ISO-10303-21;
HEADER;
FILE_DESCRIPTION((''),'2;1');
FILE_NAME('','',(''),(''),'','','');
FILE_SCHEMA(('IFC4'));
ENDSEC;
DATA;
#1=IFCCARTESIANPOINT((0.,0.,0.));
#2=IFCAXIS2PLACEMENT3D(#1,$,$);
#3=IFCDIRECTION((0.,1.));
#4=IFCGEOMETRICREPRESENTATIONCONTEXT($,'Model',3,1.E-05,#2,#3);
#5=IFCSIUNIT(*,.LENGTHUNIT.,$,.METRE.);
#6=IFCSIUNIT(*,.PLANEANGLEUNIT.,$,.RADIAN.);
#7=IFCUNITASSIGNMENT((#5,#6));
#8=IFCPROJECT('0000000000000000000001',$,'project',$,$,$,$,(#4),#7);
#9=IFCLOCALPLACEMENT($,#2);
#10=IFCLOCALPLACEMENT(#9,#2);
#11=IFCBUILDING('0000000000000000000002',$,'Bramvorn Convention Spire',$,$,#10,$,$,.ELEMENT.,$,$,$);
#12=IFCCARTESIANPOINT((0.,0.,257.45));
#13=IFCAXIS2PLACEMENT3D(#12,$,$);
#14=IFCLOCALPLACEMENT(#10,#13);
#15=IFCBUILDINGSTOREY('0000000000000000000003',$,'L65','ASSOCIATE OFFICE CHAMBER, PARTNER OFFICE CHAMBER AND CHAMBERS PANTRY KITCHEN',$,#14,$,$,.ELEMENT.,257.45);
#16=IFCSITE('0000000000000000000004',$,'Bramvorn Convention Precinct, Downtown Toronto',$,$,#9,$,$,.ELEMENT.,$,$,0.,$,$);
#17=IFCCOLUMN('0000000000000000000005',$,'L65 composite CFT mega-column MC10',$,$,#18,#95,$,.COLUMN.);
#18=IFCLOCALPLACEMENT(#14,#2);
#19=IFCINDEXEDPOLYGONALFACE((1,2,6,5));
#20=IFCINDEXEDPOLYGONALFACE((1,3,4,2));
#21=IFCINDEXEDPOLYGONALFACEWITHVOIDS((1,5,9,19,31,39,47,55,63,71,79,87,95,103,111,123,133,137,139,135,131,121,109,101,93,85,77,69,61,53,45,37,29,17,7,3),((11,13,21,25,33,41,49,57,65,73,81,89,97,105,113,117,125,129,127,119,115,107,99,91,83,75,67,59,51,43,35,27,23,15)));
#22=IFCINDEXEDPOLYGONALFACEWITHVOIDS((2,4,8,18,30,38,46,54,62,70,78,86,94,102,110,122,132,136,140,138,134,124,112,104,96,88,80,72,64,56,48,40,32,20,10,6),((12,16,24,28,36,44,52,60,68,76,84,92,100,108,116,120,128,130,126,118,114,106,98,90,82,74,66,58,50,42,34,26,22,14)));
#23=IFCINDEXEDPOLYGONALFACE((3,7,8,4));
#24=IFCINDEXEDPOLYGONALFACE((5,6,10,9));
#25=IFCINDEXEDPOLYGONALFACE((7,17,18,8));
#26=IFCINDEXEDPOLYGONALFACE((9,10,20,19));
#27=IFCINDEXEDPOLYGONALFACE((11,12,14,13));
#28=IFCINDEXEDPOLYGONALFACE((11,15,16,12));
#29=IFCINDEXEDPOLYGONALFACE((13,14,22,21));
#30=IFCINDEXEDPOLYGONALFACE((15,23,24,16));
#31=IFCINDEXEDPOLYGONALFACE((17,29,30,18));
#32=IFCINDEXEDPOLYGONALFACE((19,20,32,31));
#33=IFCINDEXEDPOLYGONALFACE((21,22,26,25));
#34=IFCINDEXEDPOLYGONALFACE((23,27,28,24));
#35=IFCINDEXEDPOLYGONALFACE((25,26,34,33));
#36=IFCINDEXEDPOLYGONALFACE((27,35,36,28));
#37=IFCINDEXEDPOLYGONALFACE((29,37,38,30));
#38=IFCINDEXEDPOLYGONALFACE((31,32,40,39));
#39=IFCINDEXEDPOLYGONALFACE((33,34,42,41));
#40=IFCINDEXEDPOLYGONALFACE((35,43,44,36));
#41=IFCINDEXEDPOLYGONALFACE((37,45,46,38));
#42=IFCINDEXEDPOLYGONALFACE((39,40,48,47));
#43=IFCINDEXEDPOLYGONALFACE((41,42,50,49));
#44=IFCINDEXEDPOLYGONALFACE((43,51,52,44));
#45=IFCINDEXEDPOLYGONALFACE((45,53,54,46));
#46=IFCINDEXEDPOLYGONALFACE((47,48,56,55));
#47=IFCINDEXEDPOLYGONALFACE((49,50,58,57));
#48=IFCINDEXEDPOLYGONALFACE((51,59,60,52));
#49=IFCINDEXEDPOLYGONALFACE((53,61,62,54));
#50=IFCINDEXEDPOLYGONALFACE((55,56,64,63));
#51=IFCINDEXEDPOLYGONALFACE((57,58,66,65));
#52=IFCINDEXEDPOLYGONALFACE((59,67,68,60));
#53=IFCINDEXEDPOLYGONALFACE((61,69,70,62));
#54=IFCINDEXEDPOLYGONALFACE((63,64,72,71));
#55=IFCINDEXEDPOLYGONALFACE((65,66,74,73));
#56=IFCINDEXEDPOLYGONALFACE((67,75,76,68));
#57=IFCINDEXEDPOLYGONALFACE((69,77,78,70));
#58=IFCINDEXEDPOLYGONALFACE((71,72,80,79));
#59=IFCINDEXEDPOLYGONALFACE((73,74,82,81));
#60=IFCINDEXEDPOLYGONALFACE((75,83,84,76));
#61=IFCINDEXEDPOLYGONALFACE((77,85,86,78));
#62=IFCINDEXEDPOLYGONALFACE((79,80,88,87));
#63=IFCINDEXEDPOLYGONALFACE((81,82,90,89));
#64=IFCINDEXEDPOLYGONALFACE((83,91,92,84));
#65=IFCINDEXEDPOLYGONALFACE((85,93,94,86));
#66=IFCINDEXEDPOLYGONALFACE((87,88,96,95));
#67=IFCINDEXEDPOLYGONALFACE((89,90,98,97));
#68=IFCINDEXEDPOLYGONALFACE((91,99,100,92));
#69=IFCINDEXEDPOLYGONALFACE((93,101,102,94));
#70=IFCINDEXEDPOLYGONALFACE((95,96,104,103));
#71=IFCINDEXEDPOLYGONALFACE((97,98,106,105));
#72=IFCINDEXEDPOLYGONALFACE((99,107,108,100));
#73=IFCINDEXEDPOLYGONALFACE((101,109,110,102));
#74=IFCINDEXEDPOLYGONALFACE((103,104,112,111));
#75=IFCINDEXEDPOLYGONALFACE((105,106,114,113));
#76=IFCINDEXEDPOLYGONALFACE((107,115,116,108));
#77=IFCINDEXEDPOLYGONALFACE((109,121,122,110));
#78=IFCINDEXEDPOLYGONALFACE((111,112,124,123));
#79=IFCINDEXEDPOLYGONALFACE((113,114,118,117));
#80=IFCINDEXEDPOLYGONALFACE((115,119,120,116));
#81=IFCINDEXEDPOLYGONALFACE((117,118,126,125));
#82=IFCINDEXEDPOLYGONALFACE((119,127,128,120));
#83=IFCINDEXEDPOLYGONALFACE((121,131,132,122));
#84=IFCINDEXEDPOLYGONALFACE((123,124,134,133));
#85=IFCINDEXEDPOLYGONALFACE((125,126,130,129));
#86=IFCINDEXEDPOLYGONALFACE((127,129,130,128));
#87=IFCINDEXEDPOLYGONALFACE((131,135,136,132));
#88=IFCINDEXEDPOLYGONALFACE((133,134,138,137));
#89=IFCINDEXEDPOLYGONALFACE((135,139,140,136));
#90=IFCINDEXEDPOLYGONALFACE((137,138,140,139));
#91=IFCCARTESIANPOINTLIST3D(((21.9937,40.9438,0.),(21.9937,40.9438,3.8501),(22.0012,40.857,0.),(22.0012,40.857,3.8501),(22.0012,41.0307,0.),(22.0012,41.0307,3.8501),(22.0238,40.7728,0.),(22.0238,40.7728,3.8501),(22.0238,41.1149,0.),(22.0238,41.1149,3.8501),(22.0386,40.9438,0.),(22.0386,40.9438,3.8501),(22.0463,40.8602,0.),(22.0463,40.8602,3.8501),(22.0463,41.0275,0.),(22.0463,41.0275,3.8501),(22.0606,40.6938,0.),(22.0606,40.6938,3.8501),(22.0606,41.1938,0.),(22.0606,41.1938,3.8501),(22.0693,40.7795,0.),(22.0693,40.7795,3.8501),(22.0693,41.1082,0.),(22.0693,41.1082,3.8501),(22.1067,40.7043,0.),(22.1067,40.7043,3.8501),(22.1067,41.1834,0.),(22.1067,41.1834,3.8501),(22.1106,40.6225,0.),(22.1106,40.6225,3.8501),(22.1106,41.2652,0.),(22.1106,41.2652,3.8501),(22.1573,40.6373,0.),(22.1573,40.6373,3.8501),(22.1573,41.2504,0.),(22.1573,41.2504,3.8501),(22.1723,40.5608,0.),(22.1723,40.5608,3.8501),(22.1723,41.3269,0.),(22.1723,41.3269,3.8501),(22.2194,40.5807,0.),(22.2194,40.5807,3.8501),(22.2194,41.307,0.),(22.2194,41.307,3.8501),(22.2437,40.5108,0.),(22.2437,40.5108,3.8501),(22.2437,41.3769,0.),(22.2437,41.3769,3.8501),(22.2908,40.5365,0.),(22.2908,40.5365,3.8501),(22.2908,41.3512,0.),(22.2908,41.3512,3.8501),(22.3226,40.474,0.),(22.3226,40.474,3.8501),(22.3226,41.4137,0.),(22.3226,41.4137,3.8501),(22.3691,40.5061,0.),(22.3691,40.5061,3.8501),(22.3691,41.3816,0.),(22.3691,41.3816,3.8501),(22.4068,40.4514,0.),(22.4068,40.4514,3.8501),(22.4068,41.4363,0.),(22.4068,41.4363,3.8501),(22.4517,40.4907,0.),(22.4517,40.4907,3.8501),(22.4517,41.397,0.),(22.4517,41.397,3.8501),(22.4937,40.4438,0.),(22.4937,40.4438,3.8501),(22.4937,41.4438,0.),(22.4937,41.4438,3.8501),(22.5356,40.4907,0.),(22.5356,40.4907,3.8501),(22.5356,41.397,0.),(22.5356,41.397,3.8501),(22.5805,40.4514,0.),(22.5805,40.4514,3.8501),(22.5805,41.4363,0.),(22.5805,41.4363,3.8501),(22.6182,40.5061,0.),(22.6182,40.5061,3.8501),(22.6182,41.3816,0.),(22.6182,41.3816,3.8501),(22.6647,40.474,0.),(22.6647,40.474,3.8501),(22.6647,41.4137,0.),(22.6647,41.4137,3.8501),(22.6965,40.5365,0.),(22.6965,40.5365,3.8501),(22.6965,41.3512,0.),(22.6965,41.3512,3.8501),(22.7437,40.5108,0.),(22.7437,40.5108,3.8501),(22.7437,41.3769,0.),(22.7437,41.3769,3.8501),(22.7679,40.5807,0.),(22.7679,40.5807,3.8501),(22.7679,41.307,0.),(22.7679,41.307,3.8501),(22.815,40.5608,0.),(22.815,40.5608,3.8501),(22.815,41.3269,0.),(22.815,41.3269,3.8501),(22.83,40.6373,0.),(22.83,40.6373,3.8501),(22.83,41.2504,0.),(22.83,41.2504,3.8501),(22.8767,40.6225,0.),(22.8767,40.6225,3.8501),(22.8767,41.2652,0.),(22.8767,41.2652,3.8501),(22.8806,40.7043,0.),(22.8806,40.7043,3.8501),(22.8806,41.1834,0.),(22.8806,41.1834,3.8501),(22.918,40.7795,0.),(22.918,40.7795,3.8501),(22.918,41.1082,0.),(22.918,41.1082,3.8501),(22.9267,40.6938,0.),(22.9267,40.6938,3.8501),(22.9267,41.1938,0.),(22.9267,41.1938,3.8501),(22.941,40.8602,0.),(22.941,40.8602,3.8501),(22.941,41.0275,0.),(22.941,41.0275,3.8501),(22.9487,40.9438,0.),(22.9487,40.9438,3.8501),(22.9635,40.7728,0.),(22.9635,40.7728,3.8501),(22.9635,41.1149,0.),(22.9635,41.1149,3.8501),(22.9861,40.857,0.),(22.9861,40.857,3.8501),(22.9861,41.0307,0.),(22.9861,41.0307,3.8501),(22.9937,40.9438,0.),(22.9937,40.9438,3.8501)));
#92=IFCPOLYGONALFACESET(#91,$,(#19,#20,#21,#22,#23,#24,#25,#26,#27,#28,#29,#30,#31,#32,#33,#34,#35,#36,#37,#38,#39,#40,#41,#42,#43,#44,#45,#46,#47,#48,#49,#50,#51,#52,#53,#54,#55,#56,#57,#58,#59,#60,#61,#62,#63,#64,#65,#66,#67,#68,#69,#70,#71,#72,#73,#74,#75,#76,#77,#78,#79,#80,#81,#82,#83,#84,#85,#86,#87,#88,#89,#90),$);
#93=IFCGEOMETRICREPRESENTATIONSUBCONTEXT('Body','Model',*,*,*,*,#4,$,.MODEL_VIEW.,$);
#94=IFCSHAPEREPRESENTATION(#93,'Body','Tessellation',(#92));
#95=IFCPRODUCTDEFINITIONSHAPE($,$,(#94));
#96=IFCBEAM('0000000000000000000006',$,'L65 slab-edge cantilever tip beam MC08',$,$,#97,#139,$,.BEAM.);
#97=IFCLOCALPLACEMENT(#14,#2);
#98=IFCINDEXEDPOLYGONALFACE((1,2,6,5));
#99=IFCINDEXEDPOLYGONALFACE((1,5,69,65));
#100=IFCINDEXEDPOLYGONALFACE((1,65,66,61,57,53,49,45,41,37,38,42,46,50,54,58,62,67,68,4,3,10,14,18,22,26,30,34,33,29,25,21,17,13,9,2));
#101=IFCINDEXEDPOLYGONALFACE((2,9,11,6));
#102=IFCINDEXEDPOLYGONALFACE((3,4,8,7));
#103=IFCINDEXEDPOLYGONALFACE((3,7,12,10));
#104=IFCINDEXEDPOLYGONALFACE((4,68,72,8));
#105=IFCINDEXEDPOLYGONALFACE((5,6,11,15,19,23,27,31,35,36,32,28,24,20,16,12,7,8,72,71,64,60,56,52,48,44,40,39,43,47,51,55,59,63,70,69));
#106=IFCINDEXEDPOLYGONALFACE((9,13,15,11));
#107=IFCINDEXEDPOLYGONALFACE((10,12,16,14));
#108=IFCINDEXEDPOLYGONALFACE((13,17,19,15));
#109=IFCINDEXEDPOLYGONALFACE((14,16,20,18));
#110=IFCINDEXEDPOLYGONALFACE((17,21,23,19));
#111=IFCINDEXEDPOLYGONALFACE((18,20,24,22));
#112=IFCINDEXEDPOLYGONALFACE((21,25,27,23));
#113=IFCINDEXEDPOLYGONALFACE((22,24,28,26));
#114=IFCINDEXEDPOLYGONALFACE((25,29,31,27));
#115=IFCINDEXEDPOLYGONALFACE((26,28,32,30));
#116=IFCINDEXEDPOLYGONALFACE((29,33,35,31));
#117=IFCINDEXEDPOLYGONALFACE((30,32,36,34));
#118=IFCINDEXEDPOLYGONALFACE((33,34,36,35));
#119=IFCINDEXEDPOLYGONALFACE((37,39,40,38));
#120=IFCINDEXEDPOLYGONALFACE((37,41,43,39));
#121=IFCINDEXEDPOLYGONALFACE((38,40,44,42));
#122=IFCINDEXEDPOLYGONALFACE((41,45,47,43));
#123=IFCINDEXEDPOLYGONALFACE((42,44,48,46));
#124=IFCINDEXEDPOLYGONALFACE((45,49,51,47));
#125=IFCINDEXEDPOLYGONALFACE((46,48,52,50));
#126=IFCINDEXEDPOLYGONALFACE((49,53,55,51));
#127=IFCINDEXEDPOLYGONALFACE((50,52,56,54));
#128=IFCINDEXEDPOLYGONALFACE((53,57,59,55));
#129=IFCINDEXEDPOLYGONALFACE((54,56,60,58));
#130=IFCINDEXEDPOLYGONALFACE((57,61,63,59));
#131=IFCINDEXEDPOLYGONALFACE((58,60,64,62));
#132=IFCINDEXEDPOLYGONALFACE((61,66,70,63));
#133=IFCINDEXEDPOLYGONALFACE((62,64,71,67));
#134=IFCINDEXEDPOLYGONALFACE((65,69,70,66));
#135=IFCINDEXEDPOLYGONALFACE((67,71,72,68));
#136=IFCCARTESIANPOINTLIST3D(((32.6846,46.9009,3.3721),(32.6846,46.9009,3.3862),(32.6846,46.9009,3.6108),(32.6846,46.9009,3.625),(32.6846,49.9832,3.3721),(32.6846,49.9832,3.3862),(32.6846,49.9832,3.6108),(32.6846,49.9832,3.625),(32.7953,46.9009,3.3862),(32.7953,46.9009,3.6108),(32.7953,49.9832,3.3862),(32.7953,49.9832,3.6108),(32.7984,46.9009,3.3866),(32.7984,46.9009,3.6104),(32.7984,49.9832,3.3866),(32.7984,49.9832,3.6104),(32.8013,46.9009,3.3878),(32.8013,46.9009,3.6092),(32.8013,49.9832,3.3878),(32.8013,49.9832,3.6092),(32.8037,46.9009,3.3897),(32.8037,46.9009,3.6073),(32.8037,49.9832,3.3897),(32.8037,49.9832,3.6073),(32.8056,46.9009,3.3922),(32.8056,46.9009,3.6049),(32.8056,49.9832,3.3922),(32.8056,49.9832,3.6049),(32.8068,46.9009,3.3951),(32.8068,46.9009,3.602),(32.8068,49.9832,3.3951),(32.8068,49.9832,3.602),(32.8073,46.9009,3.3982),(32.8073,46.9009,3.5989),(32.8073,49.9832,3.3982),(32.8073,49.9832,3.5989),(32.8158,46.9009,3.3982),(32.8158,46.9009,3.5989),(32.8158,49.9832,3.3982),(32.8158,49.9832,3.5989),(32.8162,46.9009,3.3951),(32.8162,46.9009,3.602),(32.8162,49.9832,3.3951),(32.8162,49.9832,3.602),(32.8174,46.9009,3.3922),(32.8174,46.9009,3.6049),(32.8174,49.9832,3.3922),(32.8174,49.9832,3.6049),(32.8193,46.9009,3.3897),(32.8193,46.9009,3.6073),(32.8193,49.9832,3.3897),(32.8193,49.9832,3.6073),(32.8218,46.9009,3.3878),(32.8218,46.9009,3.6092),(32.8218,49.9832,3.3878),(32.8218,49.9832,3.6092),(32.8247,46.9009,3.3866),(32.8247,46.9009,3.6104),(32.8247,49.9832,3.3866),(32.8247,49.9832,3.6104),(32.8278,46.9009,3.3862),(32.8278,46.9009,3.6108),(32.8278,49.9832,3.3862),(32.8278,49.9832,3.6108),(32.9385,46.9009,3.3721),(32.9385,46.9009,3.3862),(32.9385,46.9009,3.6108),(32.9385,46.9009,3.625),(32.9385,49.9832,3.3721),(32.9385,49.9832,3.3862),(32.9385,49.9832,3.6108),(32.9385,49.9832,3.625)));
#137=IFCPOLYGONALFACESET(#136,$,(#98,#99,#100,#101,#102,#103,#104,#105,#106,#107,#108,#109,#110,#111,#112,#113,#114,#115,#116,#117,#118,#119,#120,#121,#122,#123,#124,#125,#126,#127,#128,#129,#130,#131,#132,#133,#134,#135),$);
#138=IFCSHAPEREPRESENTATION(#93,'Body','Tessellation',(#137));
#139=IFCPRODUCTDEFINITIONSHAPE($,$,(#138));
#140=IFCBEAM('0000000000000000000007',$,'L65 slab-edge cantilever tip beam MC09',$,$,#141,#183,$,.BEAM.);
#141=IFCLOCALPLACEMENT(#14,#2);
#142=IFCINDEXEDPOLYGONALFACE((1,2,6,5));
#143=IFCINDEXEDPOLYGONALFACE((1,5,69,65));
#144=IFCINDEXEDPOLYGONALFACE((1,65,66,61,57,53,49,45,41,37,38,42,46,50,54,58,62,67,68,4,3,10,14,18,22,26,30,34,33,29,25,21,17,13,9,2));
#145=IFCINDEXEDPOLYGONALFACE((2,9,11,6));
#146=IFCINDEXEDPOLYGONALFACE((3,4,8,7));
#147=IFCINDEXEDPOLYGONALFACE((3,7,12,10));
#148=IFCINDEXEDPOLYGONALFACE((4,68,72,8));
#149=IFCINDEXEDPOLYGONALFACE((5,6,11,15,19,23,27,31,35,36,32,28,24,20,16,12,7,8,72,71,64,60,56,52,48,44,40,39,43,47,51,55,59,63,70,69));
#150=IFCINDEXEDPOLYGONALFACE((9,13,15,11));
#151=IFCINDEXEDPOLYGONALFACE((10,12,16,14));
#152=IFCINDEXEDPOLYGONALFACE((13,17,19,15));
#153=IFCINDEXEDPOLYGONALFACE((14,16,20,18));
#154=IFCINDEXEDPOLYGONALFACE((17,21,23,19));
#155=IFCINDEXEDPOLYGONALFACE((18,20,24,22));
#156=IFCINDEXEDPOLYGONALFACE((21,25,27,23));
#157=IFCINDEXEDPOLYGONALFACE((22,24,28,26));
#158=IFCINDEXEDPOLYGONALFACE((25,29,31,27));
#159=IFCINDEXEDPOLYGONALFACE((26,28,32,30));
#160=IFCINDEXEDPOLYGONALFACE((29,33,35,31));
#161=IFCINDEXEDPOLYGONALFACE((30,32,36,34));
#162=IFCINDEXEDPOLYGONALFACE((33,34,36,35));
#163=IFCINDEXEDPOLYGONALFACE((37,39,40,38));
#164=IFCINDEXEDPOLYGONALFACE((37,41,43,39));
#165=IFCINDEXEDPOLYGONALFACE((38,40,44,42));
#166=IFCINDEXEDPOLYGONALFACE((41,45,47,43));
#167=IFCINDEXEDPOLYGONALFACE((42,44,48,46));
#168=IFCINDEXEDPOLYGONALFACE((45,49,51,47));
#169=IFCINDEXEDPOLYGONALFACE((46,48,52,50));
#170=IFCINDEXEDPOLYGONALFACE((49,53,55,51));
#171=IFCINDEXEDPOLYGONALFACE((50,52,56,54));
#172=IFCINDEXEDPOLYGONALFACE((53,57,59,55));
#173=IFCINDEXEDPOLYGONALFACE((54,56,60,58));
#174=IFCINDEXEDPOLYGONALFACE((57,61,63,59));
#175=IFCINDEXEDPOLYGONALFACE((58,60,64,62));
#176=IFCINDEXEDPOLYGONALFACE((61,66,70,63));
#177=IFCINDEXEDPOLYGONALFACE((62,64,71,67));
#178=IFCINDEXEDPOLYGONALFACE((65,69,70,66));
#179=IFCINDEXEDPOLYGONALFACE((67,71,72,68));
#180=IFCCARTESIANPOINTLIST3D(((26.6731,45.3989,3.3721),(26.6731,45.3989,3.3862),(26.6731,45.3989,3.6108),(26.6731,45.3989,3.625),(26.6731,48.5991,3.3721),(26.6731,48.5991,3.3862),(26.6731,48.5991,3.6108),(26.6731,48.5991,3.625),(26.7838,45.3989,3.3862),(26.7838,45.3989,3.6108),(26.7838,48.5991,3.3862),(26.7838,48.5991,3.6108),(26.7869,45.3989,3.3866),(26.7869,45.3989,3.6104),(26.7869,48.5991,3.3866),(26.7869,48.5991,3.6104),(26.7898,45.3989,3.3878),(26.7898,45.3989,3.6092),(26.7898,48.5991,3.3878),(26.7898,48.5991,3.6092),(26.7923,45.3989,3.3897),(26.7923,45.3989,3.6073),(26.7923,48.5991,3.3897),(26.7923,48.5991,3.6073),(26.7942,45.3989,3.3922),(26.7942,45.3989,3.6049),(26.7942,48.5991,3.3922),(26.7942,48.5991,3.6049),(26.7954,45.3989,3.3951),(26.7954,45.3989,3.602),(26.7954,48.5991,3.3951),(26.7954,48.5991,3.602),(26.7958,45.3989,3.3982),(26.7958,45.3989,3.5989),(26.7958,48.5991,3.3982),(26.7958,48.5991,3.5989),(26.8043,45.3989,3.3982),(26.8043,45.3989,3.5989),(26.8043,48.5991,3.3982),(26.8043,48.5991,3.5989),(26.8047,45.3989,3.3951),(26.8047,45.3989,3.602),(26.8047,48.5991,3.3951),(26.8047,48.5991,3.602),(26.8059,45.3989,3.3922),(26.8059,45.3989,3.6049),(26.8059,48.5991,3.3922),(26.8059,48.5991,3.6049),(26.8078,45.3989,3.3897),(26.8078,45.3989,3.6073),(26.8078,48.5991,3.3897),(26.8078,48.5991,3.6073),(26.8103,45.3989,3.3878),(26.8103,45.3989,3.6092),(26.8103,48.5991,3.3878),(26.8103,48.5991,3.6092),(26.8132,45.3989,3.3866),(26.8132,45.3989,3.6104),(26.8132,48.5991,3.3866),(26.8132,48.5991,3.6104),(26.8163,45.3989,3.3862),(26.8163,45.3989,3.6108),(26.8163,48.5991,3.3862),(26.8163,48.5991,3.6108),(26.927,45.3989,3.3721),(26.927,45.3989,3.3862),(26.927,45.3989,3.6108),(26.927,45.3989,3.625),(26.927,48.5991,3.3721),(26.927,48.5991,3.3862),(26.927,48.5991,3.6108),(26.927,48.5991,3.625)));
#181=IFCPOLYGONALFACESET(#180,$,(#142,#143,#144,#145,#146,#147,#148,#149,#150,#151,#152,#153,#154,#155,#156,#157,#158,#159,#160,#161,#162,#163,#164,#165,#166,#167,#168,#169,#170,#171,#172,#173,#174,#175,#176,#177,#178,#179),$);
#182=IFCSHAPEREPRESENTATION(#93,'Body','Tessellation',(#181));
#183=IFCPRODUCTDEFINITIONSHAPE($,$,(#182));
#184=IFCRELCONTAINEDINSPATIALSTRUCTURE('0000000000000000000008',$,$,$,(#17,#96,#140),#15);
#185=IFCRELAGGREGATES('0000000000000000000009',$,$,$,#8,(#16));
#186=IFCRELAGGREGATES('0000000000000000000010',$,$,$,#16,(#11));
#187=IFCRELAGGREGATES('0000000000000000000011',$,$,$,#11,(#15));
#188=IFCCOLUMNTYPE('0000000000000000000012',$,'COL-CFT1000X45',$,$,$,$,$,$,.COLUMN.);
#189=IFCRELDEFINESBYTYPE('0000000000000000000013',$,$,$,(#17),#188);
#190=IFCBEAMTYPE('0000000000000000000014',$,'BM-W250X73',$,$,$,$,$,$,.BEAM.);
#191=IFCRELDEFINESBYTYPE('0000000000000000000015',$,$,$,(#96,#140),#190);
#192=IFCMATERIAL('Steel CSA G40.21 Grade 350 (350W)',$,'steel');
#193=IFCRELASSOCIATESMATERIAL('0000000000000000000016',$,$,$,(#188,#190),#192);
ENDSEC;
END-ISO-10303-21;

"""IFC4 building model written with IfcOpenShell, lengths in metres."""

from ifc_helpers import new_model, si_unit, direction, frame, origin, origin_2d, place, context, subcontext, project, spatial, hollow_circle, i_section, extrude, material, material_profile, profile_set, type_object, element, save


model = new_model("IFC4")

# Units and contexts
model_context = context("Model", 3, precision=1e-05, world=origin(), true_north=direction((0.0, 1.0)))
body_context = subcontext(model_context, "Body", "Model", "MODEL_VIEW")
ifc_project = project(units=[si_unit("LENGTHUNIT", "METRE"), si_unit("PLANEANGLEUNIT", "RADIAN")], contexts=[model_context])

# Site, building, storey
site_placement = place(None, origin())
site = spatial("IfcSite", under=ifc_project, at=site_placement, Name="Bramvorn Convention Precinct, Downtown Toronto", CompositionType="ELEMENT", RefElevation=0.0)
building_placement = place(site_placement, origin())
building = spatial("IfcBuilding", under=site, at=building_placement, Name="Bramvorn Convention Spire", CompositionType="ELEMENT")
storey_placement = place(building_placement, frame((0.0, 0.0, 257.45)))
storey = spatial("IfcBuildingStorey", under=building, at=storey_placement, Name="L65", Description="ASSOCIATE OFFICE CHAMBER, PARTNER OFFICE CHAMBER AND CHAMBERS PANTRY KITCHEN", CompositionType="ELEMENT", Elevation=257.45)

# Column
ifc_material_1 = material(Name="Steel CSA G40.21 Grade 350 (350W)", Category="steel")
ifc_material_profile_1 = material_profile(ifc_material_1, hollow_circle(Radius=0.5, WallThickness=0.0449, at=origin_2d()))
ifc_profile_set_1 = profile_set([ifc_material_profile_1], Name="Steel CSA G40.21 Grade 350 (350W) - CFT1000X45")
column_type = type_object("IfcColumnType", Name="COL-CFT1000X45", PredefinedType="COLUMN", material=ifc_profile_set_1)
for number, where, z_axis, x_axis, name in (
    (1, (22.4937, 40.9438, 0.0), (0.0, 0.0, 1.0), (1.0, 0.0, 0.0), "L65 composite CFT mega-column MC10"),
):
    element("IfcColumn", number, at=place(storey_placement, frame(where, z_axis=z_axis, x_axis=x_axis)), inside=storey, type_object=column_type, Name=name, PredefinedType="COLUMN", context=body_context, shape_type="SweptSolid", body=[
        extrude(hollow_circle(Radius=0.5, WallThickness=0.0449, at=origin_2d()), origin(), (0.0, 0.0, 1.0), 3.8501),
    ])

# Beams
ifc_material_profile_2 = material_profile(ifc_material_1, i_section(OverallWidth=0.2539, OverallDepth=0.2529, WebThickness=0.0085, FlangeThickness=0.0142, FilletRadius=0.012, at=origin_2d()))
ifc_profile_set_2 = profile_set([ifc_material_profile_2], Name="Steel CSA G40.21 Grade 350 (350W) - W250X73")
beam_type_1 = type_object("IfcBeamType", Name="BM-W250X73", PredefinedType="BEAM", material=ifc_profile_set_2)
beam_1_placement = place(storey_placement, frame((32.8115, 46.9009, 3.4985), z_axis=(0.0, 1.0, 0.0), x_axis=(-1.0, 0.0, 0.0)))
element("IfcBeam", 2, at=beam_1_placement, inside=storey, type_object=beam_type_1, Name="L65 slab-edge cantilever tip beam MC08", PredefinedType="BEAM", context=body_context, shape_type="SweptSolid", body=[
    extrude(i_section(OverallWidth=0.2539, OverallDepth=0.2529, WebThickness=0.0085, FlangeThickness=0.0142, FilletRadius=0.012, at=origin_2d()), origin(), (0.0, 0.0, 1.0), 3.0823),
])
beam_2_placement = place(storey_placement, frame((26.8, 45.3989, 3.4985), z_axis=(0.0, 1.0, 0.0), x_axis=(-1.0, 0.0, 0.0)))
element("IfcBeam", 3, at=beam_2_placement, inside=storey, type_object=beam_type_1, Name="L65 slab-edge cantilever tip beam MC09", PredefinedType="BEAM", context=body_context, shape_type="SweptSolid", body=[
    extrude(i_section(OverallWidth=0.2539, OverallDepth=0.2529, WebThickness=0.0085, FlangeThickness=0.0142, FilletRadius=0.012, at=origin_2d()), origin(), (0.0, 0.0, 1.0), 3.2002),
])

save(model, "model.ifc")
